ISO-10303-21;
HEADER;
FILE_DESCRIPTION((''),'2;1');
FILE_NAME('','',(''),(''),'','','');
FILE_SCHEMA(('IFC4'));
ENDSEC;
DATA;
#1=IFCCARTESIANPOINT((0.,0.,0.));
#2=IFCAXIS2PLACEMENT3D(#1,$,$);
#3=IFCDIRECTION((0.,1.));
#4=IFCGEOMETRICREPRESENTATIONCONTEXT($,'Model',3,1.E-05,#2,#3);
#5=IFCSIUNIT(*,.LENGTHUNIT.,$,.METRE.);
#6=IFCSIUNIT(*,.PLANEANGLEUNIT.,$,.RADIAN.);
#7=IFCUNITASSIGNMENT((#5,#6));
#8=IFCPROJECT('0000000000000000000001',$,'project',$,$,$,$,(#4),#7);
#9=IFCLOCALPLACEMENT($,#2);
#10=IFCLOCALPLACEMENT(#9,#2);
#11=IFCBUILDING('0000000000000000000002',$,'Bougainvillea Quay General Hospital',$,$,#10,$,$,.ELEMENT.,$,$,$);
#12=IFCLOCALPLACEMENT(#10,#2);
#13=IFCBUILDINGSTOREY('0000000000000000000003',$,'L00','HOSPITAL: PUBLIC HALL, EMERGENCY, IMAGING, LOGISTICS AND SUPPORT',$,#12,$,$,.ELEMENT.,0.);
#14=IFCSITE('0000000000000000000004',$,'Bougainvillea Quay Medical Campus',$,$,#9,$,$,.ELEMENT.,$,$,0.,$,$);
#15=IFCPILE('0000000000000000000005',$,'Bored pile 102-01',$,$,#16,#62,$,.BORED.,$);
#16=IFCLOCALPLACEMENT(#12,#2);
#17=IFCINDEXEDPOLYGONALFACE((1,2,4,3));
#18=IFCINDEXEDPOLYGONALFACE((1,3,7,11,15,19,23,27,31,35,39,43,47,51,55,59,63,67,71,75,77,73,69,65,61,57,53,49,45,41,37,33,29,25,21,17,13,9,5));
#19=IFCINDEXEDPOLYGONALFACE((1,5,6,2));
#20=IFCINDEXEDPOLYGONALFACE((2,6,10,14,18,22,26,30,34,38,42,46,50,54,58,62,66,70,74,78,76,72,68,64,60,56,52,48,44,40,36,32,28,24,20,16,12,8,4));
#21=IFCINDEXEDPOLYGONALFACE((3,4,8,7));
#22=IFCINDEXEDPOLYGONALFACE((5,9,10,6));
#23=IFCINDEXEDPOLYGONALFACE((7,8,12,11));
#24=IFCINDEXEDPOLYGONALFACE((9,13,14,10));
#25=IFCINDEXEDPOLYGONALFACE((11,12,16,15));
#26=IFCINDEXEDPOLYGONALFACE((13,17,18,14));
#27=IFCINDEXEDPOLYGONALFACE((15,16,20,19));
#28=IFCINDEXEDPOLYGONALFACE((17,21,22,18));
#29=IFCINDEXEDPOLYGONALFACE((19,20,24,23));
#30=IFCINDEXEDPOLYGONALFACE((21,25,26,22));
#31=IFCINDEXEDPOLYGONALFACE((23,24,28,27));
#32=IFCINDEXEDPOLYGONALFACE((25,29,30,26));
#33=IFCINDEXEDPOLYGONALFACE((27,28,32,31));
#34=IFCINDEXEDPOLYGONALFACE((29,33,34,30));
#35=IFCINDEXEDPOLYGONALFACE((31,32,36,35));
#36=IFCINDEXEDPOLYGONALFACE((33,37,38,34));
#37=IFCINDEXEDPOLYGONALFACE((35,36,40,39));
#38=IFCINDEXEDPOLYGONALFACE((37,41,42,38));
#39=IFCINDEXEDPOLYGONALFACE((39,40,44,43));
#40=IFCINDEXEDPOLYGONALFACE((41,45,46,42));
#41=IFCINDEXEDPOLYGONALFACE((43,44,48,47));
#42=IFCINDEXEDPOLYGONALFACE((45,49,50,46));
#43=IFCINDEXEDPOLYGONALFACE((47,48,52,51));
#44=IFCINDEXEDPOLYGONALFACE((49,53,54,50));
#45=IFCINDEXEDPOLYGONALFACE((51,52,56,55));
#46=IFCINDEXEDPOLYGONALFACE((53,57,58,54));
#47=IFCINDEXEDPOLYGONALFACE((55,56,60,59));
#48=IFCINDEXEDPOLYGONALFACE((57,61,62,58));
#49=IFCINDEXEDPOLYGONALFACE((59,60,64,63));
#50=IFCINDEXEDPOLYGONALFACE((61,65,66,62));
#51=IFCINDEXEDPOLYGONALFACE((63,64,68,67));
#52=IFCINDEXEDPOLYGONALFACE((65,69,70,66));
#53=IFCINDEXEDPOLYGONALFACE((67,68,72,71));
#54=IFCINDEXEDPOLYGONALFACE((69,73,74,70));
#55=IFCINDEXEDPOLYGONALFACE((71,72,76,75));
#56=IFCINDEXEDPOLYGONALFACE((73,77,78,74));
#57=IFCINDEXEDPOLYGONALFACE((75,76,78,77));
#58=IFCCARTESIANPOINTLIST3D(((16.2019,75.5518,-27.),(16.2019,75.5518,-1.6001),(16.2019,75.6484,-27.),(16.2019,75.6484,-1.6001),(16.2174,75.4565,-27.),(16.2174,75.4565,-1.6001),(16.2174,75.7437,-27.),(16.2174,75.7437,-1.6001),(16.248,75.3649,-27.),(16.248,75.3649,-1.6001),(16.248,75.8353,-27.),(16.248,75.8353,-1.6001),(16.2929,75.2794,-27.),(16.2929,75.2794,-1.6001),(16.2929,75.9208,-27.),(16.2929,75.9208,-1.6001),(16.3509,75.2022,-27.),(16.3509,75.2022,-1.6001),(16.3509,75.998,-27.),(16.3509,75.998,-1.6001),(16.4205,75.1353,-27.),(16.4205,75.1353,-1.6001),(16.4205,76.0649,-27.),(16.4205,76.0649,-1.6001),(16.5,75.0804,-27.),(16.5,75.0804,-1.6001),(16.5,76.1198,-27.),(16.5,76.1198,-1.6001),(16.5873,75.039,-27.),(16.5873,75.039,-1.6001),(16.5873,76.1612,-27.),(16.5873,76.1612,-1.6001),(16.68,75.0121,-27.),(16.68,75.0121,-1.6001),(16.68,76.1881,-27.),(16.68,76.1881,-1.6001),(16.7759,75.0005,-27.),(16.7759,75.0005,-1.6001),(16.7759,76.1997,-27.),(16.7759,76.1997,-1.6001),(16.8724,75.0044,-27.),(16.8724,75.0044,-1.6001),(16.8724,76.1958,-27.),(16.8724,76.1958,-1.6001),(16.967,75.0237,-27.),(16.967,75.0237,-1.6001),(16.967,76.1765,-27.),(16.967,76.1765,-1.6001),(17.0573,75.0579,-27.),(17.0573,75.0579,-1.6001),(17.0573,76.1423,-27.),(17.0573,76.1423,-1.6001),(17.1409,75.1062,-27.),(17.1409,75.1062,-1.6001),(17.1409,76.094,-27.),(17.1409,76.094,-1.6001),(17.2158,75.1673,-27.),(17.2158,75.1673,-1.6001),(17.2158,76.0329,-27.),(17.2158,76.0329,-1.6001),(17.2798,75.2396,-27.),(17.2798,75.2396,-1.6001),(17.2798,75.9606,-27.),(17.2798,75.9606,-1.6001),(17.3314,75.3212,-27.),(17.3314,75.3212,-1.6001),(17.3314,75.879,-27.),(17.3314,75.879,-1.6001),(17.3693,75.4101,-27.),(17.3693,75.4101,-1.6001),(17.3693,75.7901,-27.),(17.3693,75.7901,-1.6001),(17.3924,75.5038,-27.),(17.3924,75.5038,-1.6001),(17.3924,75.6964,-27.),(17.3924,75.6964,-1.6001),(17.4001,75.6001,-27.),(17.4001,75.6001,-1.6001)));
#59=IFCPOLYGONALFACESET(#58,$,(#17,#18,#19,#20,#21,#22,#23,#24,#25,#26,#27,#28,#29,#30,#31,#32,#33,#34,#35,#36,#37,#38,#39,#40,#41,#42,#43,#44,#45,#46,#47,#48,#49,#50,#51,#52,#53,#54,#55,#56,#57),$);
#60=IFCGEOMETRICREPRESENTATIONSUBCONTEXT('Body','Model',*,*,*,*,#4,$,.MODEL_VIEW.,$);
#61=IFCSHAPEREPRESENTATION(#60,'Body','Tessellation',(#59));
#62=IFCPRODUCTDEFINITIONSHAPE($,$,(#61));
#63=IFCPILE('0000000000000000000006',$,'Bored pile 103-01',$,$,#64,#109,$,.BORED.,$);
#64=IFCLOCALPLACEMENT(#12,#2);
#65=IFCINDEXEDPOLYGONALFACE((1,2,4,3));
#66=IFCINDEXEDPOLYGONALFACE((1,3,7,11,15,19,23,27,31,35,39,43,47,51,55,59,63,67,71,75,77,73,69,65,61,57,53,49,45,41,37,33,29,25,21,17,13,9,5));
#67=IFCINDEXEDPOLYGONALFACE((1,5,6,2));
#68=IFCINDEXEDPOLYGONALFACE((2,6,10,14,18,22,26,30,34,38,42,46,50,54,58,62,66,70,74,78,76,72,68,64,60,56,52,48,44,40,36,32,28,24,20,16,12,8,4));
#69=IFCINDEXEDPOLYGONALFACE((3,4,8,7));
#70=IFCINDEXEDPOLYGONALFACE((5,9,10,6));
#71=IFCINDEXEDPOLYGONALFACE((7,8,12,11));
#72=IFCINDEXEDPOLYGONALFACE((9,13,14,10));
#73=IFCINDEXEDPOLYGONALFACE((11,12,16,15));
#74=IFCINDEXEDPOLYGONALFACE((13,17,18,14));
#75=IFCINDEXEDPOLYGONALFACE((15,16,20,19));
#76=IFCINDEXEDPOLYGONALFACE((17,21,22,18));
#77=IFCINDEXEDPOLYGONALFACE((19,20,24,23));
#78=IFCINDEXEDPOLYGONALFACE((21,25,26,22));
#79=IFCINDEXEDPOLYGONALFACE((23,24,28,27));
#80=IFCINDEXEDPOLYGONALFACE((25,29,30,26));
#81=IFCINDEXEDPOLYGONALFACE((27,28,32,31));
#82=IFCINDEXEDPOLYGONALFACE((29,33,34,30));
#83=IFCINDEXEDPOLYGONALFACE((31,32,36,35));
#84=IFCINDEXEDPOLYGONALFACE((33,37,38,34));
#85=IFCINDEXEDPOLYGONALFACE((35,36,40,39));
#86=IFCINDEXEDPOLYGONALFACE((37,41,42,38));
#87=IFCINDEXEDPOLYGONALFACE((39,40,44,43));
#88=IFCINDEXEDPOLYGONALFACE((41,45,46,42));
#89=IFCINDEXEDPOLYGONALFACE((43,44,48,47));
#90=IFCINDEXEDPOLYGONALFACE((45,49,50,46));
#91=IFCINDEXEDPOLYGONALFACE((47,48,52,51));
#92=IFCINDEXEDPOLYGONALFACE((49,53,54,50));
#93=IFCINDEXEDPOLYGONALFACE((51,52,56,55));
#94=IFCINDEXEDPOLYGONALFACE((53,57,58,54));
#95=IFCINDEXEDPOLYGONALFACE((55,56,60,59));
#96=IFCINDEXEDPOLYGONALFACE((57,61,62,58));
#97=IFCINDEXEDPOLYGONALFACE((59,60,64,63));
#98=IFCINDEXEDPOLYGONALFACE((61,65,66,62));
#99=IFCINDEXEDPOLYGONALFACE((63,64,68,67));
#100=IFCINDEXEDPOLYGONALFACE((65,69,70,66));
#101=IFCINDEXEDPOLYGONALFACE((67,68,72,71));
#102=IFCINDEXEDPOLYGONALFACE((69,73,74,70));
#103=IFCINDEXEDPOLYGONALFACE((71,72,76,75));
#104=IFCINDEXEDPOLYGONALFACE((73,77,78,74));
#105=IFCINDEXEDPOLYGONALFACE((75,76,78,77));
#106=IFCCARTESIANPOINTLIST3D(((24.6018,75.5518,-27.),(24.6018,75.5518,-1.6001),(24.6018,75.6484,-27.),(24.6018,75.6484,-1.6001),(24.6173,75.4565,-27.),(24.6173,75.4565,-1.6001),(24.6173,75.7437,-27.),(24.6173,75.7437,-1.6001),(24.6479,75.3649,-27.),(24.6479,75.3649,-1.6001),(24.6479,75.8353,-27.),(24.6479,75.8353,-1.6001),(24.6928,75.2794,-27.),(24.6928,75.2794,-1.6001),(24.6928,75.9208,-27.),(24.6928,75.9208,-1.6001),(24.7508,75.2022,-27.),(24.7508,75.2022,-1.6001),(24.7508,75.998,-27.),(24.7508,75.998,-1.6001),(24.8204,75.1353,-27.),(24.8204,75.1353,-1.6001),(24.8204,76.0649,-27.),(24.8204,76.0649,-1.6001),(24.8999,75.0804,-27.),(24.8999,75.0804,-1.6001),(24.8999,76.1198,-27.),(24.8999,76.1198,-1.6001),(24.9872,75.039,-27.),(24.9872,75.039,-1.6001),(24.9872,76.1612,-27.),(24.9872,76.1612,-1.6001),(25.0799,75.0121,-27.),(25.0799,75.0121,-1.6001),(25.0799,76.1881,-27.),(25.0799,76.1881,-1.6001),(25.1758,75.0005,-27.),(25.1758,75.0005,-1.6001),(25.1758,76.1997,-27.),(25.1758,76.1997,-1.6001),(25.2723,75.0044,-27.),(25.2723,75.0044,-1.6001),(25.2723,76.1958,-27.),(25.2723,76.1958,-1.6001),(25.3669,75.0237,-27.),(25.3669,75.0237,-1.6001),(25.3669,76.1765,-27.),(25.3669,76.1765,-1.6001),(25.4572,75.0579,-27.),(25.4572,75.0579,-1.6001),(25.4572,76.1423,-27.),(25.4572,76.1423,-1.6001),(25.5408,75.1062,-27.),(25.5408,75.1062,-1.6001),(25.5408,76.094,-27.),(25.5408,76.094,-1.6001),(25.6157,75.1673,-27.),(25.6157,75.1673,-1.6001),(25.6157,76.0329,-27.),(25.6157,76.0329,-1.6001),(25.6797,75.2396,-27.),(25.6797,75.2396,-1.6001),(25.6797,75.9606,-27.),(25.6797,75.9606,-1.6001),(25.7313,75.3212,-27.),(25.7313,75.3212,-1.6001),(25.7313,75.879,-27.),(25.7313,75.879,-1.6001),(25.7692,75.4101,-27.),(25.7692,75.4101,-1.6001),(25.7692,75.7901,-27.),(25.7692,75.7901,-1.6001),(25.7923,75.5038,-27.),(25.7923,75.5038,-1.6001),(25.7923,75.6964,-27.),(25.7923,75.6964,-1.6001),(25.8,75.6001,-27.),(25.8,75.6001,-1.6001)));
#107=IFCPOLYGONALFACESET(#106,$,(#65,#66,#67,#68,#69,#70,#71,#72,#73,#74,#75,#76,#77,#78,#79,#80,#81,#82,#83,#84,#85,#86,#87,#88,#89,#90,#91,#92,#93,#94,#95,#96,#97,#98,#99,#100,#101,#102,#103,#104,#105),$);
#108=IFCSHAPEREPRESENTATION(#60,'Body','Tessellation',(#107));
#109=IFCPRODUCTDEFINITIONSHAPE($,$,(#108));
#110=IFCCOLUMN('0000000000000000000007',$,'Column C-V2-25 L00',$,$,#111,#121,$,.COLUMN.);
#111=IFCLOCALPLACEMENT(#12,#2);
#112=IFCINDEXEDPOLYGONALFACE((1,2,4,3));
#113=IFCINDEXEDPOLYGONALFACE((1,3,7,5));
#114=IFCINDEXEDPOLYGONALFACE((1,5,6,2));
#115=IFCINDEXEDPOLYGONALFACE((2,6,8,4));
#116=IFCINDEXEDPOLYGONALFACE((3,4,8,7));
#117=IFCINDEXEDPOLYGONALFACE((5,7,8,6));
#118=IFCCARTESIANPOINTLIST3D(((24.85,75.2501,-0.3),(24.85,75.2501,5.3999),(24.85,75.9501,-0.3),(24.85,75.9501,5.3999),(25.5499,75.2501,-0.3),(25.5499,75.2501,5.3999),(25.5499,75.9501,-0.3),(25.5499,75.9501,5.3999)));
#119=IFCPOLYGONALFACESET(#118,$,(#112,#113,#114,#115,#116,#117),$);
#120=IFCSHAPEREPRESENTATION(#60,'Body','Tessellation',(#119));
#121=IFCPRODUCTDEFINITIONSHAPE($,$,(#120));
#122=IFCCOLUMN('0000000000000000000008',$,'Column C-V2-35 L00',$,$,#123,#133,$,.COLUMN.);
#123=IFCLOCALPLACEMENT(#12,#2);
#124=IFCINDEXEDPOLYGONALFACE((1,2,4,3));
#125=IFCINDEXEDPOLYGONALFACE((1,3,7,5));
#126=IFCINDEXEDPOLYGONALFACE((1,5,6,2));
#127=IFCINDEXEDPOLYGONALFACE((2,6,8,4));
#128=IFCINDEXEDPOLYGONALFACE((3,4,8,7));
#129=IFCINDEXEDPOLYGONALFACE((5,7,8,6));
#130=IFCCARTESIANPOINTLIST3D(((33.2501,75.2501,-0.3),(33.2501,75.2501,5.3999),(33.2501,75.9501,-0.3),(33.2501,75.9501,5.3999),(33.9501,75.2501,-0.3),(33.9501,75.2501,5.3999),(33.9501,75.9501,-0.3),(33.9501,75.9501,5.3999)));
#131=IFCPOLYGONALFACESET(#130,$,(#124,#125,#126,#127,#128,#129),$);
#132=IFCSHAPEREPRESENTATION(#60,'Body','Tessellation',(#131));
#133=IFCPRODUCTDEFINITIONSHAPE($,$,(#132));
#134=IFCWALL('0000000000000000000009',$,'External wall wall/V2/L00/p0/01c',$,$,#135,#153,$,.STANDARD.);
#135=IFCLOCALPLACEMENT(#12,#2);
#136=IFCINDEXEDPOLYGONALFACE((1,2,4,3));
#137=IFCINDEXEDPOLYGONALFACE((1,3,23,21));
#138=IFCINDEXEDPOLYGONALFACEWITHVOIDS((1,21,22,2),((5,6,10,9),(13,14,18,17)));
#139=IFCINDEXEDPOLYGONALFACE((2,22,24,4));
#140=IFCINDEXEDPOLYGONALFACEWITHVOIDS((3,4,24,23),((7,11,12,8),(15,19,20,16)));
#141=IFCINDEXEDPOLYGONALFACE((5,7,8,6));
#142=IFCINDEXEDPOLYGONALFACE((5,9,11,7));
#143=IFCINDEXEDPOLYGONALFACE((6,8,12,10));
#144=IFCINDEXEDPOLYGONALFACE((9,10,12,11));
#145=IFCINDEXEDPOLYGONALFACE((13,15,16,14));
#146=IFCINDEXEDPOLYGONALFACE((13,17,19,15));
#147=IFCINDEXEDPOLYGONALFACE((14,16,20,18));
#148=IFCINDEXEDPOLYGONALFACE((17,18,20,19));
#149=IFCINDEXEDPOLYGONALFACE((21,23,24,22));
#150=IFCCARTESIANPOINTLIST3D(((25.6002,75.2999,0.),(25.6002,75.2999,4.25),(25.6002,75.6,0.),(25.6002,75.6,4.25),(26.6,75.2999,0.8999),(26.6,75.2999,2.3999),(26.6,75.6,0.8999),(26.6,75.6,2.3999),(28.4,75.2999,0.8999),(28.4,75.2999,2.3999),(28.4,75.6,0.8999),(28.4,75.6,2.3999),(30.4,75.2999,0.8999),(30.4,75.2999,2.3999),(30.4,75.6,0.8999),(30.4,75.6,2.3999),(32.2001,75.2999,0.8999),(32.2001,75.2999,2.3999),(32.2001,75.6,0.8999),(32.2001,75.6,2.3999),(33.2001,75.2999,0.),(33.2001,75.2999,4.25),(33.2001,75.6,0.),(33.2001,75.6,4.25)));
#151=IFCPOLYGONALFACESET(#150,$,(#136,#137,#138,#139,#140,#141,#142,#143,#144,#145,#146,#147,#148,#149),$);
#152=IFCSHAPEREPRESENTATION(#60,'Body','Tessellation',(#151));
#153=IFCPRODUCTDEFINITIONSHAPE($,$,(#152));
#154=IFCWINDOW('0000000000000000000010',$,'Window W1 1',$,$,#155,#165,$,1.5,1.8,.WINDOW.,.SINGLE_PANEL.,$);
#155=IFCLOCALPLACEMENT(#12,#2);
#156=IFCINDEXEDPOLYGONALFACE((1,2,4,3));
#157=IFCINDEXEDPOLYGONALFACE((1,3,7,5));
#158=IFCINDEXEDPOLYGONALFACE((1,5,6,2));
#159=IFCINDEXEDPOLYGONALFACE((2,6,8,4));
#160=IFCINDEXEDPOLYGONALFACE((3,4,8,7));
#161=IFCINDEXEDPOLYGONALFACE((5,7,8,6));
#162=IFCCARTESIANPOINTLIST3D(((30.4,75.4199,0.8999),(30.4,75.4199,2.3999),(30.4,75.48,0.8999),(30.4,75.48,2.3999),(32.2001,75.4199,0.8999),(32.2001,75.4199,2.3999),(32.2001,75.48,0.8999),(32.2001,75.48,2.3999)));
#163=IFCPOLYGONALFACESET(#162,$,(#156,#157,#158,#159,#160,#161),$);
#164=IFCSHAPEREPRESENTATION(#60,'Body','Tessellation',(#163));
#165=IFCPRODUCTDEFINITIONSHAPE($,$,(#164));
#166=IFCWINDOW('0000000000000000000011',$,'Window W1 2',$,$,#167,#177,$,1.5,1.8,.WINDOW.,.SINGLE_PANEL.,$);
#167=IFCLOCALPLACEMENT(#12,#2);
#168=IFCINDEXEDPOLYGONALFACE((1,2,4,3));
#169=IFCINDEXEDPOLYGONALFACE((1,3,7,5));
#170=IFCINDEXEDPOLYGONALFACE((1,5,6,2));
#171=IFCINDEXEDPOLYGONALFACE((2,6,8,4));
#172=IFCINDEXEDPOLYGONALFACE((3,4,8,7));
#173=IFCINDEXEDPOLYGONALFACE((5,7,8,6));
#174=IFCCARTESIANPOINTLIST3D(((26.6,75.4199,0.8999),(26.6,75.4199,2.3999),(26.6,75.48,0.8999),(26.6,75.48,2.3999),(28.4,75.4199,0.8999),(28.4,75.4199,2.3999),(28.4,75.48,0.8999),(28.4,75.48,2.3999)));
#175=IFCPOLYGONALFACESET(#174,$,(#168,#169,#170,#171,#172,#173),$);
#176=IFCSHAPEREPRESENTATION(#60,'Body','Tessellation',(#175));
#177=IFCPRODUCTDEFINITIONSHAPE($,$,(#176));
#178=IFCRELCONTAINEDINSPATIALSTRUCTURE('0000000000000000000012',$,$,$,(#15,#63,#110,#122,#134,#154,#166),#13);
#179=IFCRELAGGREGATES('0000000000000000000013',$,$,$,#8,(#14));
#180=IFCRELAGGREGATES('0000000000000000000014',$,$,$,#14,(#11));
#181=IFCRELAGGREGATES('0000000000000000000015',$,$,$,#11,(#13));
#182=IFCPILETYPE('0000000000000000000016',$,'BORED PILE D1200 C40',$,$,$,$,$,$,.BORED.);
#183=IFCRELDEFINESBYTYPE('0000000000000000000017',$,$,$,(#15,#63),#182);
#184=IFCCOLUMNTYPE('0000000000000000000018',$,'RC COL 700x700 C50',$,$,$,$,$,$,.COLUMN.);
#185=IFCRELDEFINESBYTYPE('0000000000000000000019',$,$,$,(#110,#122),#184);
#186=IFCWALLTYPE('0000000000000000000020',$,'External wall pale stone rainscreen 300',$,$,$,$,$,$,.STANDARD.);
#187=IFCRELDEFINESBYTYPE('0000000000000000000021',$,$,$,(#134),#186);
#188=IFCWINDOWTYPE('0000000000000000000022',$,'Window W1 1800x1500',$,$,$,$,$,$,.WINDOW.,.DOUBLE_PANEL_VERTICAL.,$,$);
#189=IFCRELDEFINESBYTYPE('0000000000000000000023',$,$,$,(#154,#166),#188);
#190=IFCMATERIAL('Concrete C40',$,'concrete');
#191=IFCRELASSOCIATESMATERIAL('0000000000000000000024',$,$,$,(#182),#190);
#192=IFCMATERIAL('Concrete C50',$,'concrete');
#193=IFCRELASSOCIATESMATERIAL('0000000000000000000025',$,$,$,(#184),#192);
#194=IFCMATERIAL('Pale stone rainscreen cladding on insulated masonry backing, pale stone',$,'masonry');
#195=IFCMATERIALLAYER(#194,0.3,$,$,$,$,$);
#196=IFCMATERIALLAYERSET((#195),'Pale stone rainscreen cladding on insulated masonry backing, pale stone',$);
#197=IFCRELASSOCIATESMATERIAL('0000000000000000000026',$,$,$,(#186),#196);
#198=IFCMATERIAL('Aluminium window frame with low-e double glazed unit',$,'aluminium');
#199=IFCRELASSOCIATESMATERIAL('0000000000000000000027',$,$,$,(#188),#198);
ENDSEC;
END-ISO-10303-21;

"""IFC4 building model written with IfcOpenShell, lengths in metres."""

from ifc_helpers import new_model, si_unit, direction, frame, frame_2d, origin, origin_2d, place, context, subcontext, project, spatial, rectangle, circle, extrude, material, layer, layer_set, material_profile, profile_set, type_object, element, fill, save


model = new_model("IFC4")

# Units and contexts
model_context = context("Model", 3, precision=1e-05, world=origin(), true_north=direction((0.0, 1.0)))
body_context = subcontext(model_context, "Body", "Model", "MODEL_VIEW")
ifc_project = project(units=[si_unit("LENGTHUNIT", "METRE"), si_unit("PLANEANGLEUNIT", "RADIAN")], contexts=[model_context])

# Site, building, storey
site_placement = place(None, origin())
site = spatial("IfcSite", under=ifc_project, at=site_placement, Name="Bougainvillea Quay Medical Campus", CompositionType="ELEMENT", RefElevation=0.0)
building_placement = place(site_placement, origin())
building = spatial("IfcBuilding", under=site, at=building_placement, Name="Bougainvillea Quay General Hospital", CompositionType="ELEMENT")
storey_placement = place(building_placement, origin())
storey = spatial("IfcBuildingStorey", under=building, at=storey_placement, Name="L00", Description="HOSPITAL: PUBLIC HALL, EMERGENCY, IMAGING, LOGISTICS AND SUPPORT", CompositionType="ELEMENT", Elevation=0.0)

# Piles
ifc_material_1 = material(Name="Concrete C40", Category="concrete")
ifc_material_profile_1 = material_profile(ifc_material_1, circle(Radius=0.6001, at=origin_2d()))
ifc_profile_set_1 = profile_set([ifc_material_profile_1], Name="Concrete C40")
pile_type = type_object("IfcPileType", Name="BORED PILE D1200 C40", PredefinedType="BORED", material=ifc_profile_set_1)
for number, where, z_axis, x_axis, name in (
    (1, (16.8, 75.6001, -1.6001), (0.0, 0.0, -1.0), (1.0, 0.0, 0.0), "Bored pile 102-01"),
    (2, (25.2, 75.6001, -1.6001), (0.0, 0.0, -1.0), (1.0, 0.0, 0.0), "Bored pile 103-01"),
):
    element("IfcPile", number, at=place(storey_placement, frame(where, z_axis=z_axis, x_axis=x_axis)), inside=storey, type_object=pile_type, Name=name, PredefinedType="BORED", context=body_context, shape_type="SweptSolid", body=[
        extrude(circle(Radius=0.6001, at=origin_2d()), origin(), (0.0, 0.0, 1.0), 25.3999),
    ])

# Columns
ifc_material_2 = material(Name="Concrete C50", Category="concrete")
ifc_material_profile_2 = material_profile(ifc_material_2, rectangle(XDim=0.7, YDim=0.7, at=origin_2d()))
ifc_profile_set_2 = profile_set([ifc_material_profile_2], Name="Concrete C50")
column_type = type_object("IfcColumnType", Name="RC COL 700x700 C50", PredefinedType="COLUMN", material=ifc_profile_set_2)
for number, where, z_axis, x_axis, name in (
    (3, (25.2, 75.6001, -0.3), (0.0, 0.0, 1.0), (1.0, 0.0, 0.0), "Column C-V2-25 L00"),
    (4, (33.6001, 75.6001, -0.3), (0.0, 0.0, 1.0), (1.0, 0.0, 0.0), "Column C-V2-35 L00"),
):
    element("IfcColumn", number, at=place(storey_placement, frame(where, z_axis=z_axis, x_axis=x_axis)), inside=storey, type_object=column_type, Name=name, PredefinedType="COLUMN", context=body_context, shape_type="SweptSolid", body=[
        extrude(rectangle(XDim=0.7, YDim=0.7, at=origin_2d()), origin(), (0.0, 0.0, 1.0), 5.7),
    ])

# Wall, openings, windows
ifc_material_3 = material(Name="Pale stone rainscreen cladding on insulated masonry backing, pale stone", Category="masonry")
ifc_layer_1 = layer(ifc_material_3, 0.3)
ifc_layer_set_1 = layer_set([ifc_layer_1], Name="Pale stone rainscreen cladding on insulated masonry backing, pale stone")
wall_type_1 = type_object("IfcWallType", Name="External wall pale stone rainscreen 300", PredefinedType="STANDARD", material=ifc_layer_set_1)
wall_1_placement = place(storey_placement, frame((33.2, 75.45, 0.0), z_axis=(0.0, 0.0, 1.0), x_axis=(-1.0, 0.0, 0.0)))
wall_1 = element("IfcWall", 5, at=wall_1_placement, inside=storey, type_object=wall_type_1, Name="External wall wall/V2/L00/p0/01c", PredefinedType="STANDARD", context=body_context, shape_type="SweptSolid", body=[
    extrude(rectangle(XDim=7.5999, YDim=0.3, at=frame_2d((3.7998, 0.0))), origin(), (0.0, 0.0, 1.0), 4.25),
])
opening_1_placement = place(wall_1_placement, frame((1.0, 0.0, 0.8999)))
opening_1 = element("IfcOpeningElement", 6, at=opening_1_placement, cuts=wall_1, PredefinedType="OPENING", context=body_context, shape_type="SweptSolid", body=[
    extrude(rectangle(XDim=1.8, YDim=1.5, at=frame_2d((0.8999, 0.75))), frame((0.0, 0.1599, 0.0), z_axis=(0.0, -1.0, 0.0), x_axis=(1.0, 0.0, 0.0)), (0.0, 0.0, 1.0), 0.3201),
])
opening_2_placement = place(wall_1_placement, frame((4.8, 0.0, 0.8999)))
opening_2 = element("IfcOpeningElement", 7, at=opening_2_placement, cuts=wall_1, PredefinedType="OPENING", context=body_context, shape_type="SweptSolid", body=[
    extrude(rectangle(XDim=1.8, YDim=1.5, at=frame_2d((0.8999, 0.75))), frame((0.0, 0.1599, 0.0), z_axis=(0.0, -1.0, 0.0), x_axis=(1.0, 0.0, 0.0)), (0.0, 0.0, 1.0), 0.3201),
])
ifc_material_4 = material(Name="Aluminium window frame with low-e double glazed unit", Category="aluminium")
window_type = type_object("IfcWindowType", Name="Window W1 1800x1500", PartitioningType="DOUBLE_PANEL_VERTICAL", PredefinedType="WINDOW", material=ifc_material_4)
window_1_placement = place(opening_1_placement, origin())
window_1 = element("IfcWindow", 8, at=window_1_placement, inside=storey, type_object=window_type, Name="Window W1 1", OverallHeight=1.5, OverallWidth=1.8, PartitioningType="SINGLE_PANEL", PredefinedType="WINDOW", context=body_context, shape_type="SweptSolid", body=[
    extrude(rectangle(XDim=1.8, YDim=1.5, at=frame_2d((0.8999, 0.75))), frame((0.0, 0.03, 0.0), z_axis=(0.0, -1.0, 0.0), x_axis=(1.0, 0.0, 0.0)), (0.0, 0.0, 1.0), 0.0601),
])
fill(opening_1, window_1)
window_2_placement = place(opening_2_placement, origin())
window_2 = element("IfcWindow", 9, at=window_2_placement, inside=storey, type_object=window_type, Name="Window W1 2", OverallHeight=1.5, OverallWidth=1.8, PartitioningType="SINGLE_PANEL", PredefinedType="WINDOW", context=body_context, shape_type="SweptSolid", body=[
    extrude(rectangle(XDim=1.8, YDim=1.5, at=frame_2d((0.8999, 0.75))), frame((0.0, 0.03, 0.0), z_axis=(0.0, -1.0, 0.0), x_axis=(1.0, 0.0, 0.0)), (0.0, 0.0, 1.0), 0.0601),
])
fill(opening_2, window_2)

save(model, "model.ifc")
